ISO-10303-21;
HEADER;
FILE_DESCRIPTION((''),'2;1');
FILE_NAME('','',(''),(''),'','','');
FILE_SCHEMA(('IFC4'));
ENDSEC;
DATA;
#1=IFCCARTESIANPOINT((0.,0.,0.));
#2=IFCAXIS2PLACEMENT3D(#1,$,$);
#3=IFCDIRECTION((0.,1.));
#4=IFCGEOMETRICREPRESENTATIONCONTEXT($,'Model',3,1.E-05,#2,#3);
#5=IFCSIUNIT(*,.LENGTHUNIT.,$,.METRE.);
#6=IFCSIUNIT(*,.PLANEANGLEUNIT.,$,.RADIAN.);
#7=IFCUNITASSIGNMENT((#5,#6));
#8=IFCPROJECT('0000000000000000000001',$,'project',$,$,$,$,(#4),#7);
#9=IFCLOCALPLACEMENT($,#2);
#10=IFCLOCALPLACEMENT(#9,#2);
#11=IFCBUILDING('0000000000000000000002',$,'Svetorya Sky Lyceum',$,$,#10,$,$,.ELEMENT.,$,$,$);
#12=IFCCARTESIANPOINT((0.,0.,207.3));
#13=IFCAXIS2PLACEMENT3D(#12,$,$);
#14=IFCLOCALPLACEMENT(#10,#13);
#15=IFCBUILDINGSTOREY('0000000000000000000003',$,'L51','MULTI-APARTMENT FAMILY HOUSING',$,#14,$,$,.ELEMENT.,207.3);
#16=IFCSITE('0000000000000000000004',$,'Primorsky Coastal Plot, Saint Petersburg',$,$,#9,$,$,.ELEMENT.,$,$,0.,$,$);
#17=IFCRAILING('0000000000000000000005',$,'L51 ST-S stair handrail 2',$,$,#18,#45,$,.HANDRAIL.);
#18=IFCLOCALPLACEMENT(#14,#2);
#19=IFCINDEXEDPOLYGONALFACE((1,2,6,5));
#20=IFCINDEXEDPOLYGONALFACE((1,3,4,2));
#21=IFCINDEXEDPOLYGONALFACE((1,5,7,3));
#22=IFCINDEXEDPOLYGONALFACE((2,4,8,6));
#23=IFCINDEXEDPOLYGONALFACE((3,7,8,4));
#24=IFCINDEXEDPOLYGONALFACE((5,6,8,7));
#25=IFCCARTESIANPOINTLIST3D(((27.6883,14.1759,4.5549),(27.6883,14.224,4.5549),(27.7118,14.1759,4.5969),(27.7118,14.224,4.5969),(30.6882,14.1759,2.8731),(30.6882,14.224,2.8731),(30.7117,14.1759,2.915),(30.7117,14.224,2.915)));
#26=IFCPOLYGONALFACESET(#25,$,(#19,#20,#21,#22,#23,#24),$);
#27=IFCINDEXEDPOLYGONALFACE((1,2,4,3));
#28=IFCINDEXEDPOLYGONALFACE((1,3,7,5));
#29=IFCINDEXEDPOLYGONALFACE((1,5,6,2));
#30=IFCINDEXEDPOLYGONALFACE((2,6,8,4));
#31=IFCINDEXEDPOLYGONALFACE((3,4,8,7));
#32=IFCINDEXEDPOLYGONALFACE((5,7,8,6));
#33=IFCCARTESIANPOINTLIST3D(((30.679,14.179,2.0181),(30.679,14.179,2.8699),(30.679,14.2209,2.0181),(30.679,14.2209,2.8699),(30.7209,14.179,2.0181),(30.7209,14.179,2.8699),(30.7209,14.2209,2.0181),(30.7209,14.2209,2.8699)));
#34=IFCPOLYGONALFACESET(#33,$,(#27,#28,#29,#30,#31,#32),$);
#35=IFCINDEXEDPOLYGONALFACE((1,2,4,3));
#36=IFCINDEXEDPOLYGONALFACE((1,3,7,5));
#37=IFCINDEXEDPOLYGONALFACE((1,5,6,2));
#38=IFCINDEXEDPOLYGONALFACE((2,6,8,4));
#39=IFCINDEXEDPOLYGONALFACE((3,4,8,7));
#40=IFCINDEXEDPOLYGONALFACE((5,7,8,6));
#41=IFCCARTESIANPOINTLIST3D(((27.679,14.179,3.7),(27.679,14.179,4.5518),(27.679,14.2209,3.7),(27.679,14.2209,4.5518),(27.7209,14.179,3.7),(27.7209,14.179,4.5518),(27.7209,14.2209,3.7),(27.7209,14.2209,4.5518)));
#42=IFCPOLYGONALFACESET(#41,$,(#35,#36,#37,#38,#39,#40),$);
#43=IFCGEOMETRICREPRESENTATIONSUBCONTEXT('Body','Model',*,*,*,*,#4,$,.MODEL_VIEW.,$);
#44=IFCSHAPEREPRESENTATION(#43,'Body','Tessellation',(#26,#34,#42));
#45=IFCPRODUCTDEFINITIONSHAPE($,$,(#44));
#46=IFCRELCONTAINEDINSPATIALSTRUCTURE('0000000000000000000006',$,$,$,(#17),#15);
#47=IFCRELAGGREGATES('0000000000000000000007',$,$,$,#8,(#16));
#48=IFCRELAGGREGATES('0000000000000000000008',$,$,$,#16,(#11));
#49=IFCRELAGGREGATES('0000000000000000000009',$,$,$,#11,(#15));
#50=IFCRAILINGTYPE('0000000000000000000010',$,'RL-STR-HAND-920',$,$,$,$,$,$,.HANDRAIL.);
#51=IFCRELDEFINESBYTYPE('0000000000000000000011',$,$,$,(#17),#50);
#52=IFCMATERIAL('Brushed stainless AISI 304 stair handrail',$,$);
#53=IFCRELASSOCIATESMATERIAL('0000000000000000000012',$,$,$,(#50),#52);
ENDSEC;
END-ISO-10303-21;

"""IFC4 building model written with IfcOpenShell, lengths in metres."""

from ifc_helpers import new_model, si_unit, direction, frame, origin, origin_2d, place, context, subcontext, project, spatial, rectangle, extrude, material, type_object, element, save


model = new_model("IFC4")

# Units and contexts
model_context = context("Model", 3, precision=1e-05, world=origin(), true_north=direction((0.0, 1.0)))
body_context = subcontext(model_context, "Body", "Model", "MODEL_VIEW")
ifc_project = project(units=[si_unit("LENGTHUNIT", "METRE"), si_unit("PLANEANGLEUNIT", "RADIAN")], contexts=[model_context])

# Site, building, storey
site_placement = place(None, origin())
site = spatial("IfcSite", under=ifc_project, at=site_placement, Name="Primorsky Coastal Plot, Saint Petersburg", CompositionType="ELEMENT", RefElevation=0.0)
building_placement = place(site_placement, origin())
building = spatial("IfcBuilding", under=site, at=building_placement, Name="Svetorya Sky Lyceum", CompositionType="ELEMENT")
storey_placement = place(building_placement, frame((0.0, 0.0, 207.3)))
storey = spatial("IfcBuildingStorey", under=building, at=storey_placement, Name="L51", Description="MULTI-APARTMENT FAMILY HOUSING", CompositionType="ELEMENT", Elevation=207.3)

# Railing
ifc_material_1 = material(Name="Brushed stainless AISI 304 stair handrail")
railing_type_1 = type_object("IfcRailingType", Name="RL-STR-HAND-920", PredefinedType="HANDRAIL", material=ifc_material_1)
railing_1_placement = place(storey_placement, frame((30.7, 14.2, 2.0181)))
element("IfcRailing", 1, at=railing_1_placement, inside=storey, type_object=railing_type_1, Name="L51 ST-S stair handrail 2", PredefinedType="HANDRAIL", context=body_context, shape_type="SweptSolid", body=[
    extrude(rectangle(XDim=0.0481, YDim=0.0481, at=origin_2d()), frame((0.0, 0.0, 0.876), z_axis=(-0.872272, 0.0, 0.48902), x_axis=(0.0, -1.0, 0.0)), (0.0, 0.0, 1.0), 3.4392),
    extrude(rectangle(XDim=0.042, YDim=0.042, at=origin_2d()), origin(), (0.0, 0.0, 1.0), 0.8518),
    extrude(rectangle(XDim=0.042, YDim=0.042, at=origin_2d()), frame((-3.0, 0.0, 1.6819)), (0.0, 0.0, 1.0), 0.8518),
])

save(model, "model.ifc")
